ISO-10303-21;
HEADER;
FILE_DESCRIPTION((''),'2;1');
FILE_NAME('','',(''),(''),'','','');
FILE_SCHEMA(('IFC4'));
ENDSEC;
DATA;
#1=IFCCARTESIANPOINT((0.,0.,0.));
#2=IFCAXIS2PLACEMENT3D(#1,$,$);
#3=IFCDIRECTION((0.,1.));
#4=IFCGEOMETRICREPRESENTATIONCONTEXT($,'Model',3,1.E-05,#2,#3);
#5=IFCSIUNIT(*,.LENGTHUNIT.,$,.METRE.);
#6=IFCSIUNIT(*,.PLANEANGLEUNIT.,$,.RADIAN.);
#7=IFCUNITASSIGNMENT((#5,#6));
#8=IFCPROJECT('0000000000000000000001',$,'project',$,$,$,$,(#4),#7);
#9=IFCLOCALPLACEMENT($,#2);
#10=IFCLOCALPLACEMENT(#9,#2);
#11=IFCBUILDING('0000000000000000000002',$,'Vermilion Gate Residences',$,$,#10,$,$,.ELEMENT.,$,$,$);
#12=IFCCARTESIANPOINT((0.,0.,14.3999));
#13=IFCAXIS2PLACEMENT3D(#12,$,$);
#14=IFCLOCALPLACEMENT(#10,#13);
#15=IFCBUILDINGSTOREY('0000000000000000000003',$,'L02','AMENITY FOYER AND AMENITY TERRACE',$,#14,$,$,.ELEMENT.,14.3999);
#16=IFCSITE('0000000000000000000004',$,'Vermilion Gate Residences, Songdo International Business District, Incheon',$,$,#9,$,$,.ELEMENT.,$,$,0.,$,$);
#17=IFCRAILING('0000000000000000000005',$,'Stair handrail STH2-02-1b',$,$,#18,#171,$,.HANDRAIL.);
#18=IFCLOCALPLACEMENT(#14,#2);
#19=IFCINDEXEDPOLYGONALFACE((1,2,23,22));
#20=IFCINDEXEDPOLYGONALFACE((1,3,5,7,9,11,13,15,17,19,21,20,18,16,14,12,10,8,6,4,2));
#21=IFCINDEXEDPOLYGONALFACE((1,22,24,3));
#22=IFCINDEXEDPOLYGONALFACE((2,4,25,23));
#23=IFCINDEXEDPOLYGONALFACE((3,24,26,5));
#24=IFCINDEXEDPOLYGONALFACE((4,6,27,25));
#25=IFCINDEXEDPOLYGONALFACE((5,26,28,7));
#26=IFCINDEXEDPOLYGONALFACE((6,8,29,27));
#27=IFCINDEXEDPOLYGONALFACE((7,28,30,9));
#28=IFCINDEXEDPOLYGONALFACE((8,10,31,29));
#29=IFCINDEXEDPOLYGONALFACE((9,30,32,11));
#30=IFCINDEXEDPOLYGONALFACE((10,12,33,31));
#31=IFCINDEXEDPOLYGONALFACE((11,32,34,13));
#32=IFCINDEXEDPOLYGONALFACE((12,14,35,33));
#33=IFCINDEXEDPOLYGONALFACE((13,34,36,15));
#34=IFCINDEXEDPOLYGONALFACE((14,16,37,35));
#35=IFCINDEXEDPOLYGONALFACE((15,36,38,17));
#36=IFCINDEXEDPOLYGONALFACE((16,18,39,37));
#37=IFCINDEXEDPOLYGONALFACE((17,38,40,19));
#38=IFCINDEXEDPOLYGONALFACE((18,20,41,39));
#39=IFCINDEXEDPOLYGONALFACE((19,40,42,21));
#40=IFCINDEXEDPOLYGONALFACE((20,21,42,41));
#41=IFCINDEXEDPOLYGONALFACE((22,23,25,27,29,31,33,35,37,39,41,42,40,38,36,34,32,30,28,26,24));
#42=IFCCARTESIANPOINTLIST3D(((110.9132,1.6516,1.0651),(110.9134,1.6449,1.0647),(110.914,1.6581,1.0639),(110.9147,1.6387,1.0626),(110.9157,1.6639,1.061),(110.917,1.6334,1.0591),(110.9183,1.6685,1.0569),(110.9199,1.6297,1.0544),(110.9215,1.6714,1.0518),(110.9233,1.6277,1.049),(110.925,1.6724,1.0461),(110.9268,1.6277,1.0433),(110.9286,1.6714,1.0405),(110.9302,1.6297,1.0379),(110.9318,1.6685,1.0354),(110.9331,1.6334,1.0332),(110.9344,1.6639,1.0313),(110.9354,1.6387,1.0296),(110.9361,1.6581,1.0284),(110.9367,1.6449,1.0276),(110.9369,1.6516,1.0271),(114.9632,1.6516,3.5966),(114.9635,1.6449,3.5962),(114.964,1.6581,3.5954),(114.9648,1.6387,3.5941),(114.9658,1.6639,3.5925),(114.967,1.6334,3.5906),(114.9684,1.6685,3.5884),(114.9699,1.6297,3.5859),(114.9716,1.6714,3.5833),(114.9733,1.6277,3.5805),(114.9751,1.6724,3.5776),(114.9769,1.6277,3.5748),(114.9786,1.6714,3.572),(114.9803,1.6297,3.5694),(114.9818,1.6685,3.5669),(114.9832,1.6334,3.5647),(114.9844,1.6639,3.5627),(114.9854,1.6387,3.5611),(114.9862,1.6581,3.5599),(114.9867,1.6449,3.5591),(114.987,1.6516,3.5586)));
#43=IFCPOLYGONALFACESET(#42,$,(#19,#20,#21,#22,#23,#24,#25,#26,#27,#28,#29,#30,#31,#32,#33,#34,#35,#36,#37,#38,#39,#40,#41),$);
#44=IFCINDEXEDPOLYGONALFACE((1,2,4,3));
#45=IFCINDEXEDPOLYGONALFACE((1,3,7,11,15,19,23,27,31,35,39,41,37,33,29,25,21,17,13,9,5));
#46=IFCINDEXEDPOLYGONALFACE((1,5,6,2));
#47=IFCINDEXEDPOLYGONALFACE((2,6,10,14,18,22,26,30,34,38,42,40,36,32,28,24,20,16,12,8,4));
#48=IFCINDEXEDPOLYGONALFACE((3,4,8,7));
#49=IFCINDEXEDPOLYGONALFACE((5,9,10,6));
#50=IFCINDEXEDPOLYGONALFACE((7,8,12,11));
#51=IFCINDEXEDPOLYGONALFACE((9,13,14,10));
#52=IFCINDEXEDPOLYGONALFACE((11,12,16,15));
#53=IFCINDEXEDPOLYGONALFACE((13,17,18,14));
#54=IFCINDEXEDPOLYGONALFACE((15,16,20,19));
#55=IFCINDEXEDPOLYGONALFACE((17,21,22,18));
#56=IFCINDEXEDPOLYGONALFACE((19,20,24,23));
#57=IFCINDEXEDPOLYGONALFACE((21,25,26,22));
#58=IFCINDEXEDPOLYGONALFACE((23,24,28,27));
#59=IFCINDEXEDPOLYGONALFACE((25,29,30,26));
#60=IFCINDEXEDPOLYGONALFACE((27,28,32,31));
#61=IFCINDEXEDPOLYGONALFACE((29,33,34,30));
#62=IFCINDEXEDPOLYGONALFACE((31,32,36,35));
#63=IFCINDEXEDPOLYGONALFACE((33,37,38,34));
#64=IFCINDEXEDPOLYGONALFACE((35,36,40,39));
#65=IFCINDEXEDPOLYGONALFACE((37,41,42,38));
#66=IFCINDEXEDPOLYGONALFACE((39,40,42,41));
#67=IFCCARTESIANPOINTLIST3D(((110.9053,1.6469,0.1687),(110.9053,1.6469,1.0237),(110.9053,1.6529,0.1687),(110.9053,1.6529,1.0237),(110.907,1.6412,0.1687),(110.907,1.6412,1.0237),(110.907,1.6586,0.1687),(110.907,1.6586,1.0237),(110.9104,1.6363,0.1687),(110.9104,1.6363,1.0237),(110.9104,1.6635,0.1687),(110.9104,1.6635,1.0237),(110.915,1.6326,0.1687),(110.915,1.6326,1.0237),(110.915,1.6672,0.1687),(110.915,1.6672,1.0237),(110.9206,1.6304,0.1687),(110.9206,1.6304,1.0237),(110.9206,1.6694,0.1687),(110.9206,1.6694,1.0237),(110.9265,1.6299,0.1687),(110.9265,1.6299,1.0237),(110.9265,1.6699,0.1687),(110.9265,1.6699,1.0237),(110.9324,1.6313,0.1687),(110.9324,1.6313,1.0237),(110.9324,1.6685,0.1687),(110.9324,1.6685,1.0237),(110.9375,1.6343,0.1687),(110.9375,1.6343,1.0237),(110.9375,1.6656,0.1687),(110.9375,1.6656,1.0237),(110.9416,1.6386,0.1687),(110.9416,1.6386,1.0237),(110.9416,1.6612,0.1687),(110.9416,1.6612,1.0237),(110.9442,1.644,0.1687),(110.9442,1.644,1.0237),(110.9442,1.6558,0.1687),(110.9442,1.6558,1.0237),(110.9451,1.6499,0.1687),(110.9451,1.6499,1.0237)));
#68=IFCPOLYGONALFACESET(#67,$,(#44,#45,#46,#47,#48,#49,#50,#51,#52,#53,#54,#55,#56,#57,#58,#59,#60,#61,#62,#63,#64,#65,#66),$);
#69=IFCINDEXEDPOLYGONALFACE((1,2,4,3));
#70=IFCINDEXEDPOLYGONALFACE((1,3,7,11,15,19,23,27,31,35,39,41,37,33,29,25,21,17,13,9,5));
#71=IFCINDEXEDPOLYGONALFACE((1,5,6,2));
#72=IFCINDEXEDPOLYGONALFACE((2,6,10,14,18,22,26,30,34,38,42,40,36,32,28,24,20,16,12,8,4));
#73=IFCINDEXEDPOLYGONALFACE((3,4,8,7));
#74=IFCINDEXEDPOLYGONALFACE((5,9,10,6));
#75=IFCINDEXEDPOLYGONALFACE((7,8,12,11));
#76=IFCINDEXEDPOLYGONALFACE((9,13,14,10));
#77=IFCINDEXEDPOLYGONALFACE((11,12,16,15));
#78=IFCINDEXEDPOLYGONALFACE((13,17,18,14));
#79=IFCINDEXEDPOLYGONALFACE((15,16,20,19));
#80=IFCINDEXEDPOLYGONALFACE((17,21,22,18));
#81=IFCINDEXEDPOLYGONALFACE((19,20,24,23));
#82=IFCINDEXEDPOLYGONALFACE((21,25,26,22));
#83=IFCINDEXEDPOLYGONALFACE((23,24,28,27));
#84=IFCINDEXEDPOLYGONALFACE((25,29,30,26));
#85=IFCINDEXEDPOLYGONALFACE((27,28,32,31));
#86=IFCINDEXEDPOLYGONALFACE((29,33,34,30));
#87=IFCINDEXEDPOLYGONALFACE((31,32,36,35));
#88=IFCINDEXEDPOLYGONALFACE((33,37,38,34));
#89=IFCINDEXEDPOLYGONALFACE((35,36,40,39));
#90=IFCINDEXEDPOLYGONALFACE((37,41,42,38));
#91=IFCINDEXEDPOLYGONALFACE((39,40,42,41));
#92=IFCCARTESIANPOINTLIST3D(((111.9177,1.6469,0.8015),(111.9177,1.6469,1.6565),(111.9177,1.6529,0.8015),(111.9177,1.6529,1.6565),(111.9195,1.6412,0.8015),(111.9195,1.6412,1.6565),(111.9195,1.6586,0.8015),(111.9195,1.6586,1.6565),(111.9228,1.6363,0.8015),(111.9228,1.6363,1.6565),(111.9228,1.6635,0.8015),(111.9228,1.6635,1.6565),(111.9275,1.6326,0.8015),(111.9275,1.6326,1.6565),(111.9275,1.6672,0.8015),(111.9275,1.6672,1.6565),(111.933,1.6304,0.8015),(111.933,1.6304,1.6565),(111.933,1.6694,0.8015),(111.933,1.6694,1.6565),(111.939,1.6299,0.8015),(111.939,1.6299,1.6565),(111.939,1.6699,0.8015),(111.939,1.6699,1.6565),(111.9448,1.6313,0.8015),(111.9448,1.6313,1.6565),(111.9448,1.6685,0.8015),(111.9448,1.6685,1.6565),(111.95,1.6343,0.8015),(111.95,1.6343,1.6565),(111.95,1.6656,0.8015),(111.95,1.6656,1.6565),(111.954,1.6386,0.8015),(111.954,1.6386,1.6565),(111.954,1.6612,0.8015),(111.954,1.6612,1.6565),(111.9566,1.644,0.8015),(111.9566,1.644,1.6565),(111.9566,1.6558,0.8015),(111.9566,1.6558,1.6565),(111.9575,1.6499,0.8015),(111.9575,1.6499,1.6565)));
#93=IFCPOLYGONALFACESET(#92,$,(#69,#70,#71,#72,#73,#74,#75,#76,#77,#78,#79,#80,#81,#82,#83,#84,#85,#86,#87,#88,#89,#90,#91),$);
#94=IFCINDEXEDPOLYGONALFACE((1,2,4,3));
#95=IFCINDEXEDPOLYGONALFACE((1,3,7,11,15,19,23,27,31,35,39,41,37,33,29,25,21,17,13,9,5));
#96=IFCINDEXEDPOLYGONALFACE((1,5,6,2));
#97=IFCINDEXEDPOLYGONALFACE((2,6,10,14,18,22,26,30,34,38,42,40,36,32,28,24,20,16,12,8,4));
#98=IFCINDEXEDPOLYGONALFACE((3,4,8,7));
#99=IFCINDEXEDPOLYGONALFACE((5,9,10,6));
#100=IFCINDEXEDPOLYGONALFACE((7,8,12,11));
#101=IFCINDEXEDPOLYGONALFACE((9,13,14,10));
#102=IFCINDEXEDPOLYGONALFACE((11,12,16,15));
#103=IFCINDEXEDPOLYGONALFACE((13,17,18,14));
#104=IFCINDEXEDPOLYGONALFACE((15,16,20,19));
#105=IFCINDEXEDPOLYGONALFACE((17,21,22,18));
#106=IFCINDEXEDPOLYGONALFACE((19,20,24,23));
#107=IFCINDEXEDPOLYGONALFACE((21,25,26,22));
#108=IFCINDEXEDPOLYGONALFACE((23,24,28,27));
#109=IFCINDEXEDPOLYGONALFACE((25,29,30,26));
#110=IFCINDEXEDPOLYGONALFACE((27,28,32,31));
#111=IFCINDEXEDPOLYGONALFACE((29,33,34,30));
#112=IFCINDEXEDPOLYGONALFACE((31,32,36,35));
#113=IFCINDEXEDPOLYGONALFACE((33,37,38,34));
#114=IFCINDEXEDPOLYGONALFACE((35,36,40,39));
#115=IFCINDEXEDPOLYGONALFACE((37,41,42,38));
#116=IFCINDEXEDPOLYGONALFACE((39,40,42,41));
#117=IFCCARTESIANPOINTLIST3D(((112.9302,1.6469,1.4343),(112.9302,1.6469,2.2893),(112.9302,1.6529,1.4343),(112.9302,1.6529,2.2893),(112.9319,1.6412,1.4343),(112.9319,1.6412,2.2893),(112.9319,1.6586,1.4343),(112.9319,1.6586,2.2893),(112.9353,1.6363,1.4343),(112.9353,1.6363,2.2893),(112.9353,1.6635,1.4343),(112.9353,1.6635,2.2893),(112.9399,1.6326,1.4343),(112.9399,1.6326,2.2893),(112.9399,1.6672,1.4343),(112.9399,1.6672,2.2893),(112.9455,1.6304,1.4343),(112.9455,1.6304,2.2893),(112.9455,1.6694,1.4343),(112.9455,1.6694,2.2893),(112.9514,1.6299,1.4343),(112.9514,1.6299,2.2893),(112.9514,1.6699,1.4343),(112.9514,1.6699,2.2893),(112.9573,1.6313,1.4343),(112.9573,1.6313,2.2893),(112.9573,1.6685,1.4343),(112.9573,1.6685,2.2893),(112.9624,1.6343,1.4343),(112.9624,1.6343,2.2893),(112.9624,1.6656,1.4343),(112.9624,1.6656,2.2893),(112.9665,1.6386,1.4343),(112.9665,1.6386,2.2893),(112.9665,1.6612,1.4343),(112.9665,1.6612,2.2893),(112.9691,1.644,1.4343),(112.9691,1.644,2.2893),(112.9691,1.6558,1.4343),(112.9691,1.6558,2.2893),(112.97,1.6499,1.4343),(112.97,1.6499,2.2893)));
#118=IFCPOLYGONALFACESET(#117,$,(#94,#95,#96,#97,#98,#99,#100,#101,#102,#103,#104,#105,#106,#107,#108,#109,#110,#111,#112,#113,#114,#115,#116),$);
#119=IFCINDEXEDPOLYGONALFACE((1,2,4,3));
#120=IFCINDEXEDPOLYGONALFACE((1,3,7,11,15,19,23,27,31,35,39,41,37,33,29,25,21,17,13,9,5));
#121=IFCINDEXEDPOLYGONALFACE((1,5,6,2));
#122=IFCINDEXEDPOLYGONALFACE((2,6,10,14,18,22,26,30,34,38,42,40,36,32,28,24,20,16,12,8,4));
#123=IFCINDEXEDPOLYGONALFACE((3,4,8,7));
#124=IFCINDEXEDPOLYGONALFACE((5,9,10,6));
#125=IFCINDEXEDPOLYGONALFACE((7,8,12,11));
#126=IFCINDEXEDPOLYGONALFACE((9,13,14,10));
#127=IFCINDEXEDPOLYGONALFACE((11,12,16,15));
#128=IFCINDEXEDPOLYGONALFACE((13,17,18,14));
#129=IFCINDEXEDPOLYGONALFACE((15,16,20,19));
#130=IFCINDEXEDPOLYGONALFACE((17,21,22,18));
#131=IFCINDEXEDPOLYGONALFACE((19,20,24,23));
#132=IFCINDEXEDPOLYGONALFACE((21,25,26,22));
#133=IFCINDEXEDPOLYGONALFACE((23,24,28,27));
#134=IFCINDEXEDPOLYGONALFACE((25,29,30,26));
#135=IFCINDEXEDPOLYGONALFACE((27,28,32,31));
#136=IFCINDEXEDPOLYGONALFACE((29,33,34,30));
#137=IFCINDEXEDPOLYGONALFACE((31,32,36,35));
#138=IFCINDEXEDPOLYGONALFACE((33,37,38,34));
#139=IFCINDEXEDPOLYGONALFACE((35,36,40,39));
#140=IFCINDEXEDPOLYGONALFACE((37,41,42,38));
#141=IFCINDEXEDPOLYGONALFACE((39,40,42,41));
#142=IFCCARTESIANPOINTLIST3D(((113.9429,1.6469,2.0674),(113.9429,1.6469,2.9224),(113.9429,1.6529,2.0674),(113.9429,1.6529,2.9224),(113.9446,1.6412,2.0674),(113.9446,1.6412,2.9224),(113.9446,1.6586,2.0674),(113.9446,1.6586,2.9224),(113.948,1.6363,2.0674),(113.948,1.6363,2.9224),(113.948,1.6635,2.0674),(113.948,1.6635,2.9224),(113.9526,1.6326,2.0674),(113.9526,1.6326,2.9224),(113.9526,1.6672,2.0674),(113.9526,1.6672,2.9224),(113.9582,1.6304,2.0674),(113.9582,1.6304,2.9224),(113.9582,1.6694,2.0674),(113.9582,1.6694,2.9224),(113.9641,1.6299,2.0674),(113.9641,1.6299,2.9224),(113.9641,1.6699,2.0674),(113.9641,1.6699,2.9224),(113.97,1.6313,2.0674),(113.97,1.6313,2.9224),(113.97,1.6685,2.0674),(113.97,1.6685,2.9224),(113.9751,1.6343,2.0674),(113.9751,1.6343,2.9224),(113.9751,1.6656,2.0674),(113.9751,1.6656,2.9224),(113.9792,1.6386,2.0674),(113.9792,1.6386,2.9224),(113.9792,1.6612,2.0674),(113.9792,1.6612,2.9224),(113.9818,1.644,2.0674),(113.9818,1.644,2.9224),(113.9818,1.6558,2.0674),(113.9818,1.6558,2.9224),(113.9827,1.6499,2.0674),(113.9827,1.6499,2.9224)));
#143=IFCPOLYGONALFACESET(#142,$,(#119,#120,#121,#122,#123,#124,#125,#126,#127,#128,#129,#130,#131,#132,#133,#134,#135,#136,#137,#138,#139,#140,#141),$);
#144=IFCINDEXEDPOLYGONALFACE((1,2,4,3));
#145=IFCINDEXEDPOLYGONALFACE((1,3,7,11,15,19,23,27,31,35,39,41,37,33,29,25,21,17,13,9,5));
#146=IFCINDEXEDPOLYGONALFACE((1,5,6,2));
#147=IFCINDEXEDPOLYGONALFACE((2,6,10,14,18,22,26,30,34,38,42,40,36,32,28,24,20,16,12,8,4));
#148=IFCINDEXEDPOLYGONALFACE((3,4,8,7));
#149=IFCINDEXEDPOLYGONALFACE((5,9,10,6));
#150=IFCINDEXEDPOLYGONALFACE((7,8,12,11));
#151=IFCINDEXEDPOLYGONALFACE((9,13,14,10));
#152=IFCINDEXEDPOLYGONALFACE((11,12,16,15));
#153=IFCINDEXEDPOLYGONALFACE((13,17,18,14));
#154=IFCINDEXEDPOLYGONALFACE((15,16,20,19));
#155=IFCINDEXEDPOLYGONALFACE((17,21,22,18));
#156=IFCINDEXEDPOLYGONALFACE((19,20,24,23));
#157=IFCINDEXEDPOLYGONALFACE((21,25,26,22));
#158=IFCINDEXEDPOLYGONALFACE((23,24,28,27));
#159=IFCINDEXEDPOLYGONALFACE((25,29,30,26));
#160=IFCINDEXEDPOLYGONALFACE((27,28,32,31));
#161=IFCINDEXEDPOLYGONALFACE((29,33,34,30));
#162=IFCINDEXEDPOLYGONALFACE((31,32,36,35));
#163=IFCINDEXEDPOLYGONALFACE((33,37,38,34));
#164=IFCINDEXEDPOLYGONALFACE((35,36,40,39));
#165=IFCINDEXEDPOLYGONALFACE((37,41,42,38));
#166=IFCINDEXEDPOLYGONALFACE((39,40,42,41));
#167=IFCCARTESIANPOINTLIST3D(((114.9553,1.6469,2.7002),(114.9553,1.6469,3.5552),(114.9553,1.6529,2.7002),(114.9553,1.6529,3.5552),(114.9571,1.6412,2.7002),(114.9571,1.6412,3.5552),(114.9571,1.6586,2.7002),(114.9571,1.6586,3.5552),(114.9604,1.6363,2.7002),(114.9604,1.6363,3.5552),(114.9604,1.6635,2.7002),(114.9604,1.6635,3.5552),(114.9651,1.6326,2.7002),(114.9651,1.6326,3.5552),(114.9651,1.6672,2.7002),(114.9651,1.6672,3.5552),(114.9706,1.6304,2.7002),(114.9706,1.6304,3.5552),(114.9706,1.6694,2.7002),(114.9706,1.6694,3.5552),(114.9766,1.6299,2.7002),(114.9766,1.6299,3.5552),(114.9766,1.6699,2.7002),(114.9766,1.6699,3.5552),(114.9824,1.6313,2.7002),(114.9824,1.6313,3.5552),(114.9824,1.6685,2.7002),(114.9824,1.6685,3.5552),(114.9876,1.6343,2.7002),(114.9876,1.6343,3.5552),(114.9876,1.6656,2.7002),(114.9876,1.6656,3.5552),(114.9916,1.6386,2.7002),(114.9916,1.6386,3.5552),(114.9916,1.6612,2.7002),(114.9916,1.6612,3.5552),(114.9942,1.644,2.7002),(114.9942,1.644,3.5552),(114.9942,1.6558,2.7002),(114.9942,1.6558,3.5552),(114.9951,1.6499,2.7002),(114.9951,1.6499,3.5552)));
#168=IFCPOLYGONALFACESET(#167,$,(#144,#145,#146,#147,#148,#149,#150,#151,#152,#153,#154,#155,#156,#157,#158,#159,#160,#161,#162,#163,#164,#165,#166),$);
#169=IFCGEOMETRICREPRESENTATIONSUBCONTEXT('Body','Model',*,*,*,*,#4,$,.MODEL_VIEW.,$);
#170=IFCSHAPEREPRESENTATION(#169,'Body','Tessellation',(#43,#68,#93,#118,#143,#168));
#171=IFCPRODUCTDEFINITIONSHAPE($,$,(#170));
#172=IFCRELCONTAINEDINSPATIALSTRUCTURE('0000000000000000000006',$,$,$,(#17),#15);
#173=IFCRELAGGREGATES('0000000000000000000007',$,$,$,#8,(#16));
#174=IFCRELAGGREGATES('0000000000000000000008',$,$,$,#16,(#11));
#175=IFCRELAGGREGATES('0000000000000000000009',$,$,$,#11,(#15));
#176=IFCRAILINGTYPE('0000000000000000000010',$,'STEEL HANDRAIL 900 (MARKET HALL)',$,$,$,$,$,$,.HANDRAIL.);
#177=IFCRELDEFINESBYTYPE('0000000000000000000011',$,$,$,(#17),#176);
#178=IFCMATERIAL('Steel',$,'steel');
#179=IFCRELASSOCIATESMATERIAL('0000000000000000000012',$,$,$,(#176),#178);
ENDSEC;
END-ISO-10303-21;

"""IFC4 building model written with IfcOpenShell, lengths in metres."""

from ifc_helpers import new_model, si_unit, direction, frame, origin, origin_2d, place, context, subcontext, project, spatial, circle, extrude, material, type_object, element, save


model = new_model("IFC4")

# Units and contexts
model_context = context("Model", 3, precision=1e-05, world=origin(), true_north=direction((0.0, 1.0)))
body_context = subcontext(model_context, "Body", "Model", "MODEL_VIEW")
ifc_project = project(units=[si_unit("LENGTHUNIT", "METRE"), si_unit("PLANEANGLEUNIT", "RADIAN")], contexts=[model_context])

# Site, building, storey
site_placement = place(None, origin())
site = spatial("IfcSite", under=ifc_project, at=site_placement, Name="Vermilion Gate Residences, Songdo International Business District, Incheon", CompositionType="ELEMENT", RefElevation=0.0)
building_placement = place(site_placement, origin())
building = spatial("IfcBuilding", under=site, at=building_placement, Name="Vermilion Gate Residences", CompositionType="ELEMENT")
storey_placement = place(building_placement, frame((0.0, 0.0, 14.3999)))
storey = spatial("IfcBuildingStorey", under=building, at=storey_placement, Name="L02", Description="AMENITY FOYER AND AMENITY TERRACE", CompositionType="ELEMENT", Elevation=14.3999)

# Railing
ifc_material_1 = material(Name="Steel", Category="steel")
railing_type_1 = type_object("IfcRailingType", Name="STEEL HANDRAIL 900 (MARKET HALL)", PredefinedType="HANDRAIL", material=ifc_material_1)
for number, where, name in (
    (1, (110.925, 1.6499, 0.1687), "Stair handrail STH2-02-1b"),
):
    element("IfcRailing", number, at=place(storey_placement, frame(where)), inside=storey, type_object=railing_type_1, Name=name, PredefinedType="HANDRAIL", context=body_context, shape_type="SweptSolid", body=[
        extrude(circle(Radius=0.0225, at=origin_2d()), frame((0.0, 0.0, 0.8774), z_axis=(0.847978, 0.0, 0.530031), x_axis=(0.0, 1.0, 0.0)), (0.0, 0.0, 1.0), 4.7761),
        extrude(circle(Radius=0.02, at=origin_2d()), origin(), (0.0, 0.0, 1.0), 0.855),
        extrude(circle(Radius=0.02, at=origin_2d()), frame((1.0125, 0.0, 0.6328)), (0.0, 0.0, 1.0), 0.855),
        extrude(circle(Radius=0.02, at=origin_2d()), frame((2.0249, 0.0, 1.2656)), (0.0, 0.0, 1.0), 0.855),
        extrude(circle(Radius=0.02, at=origin_2d()), frame((3.0376, 0.0, 1.8987)), (0.0, 0.0, 1.0), 0.855),
        extrude(circle(Radius=0.02, at=origin_2d()), frame((4.05, 0.0, 2.5315)), (0.0, 0.0, 1.0), 0.855),
    ])

save(model, "model.ifc")
